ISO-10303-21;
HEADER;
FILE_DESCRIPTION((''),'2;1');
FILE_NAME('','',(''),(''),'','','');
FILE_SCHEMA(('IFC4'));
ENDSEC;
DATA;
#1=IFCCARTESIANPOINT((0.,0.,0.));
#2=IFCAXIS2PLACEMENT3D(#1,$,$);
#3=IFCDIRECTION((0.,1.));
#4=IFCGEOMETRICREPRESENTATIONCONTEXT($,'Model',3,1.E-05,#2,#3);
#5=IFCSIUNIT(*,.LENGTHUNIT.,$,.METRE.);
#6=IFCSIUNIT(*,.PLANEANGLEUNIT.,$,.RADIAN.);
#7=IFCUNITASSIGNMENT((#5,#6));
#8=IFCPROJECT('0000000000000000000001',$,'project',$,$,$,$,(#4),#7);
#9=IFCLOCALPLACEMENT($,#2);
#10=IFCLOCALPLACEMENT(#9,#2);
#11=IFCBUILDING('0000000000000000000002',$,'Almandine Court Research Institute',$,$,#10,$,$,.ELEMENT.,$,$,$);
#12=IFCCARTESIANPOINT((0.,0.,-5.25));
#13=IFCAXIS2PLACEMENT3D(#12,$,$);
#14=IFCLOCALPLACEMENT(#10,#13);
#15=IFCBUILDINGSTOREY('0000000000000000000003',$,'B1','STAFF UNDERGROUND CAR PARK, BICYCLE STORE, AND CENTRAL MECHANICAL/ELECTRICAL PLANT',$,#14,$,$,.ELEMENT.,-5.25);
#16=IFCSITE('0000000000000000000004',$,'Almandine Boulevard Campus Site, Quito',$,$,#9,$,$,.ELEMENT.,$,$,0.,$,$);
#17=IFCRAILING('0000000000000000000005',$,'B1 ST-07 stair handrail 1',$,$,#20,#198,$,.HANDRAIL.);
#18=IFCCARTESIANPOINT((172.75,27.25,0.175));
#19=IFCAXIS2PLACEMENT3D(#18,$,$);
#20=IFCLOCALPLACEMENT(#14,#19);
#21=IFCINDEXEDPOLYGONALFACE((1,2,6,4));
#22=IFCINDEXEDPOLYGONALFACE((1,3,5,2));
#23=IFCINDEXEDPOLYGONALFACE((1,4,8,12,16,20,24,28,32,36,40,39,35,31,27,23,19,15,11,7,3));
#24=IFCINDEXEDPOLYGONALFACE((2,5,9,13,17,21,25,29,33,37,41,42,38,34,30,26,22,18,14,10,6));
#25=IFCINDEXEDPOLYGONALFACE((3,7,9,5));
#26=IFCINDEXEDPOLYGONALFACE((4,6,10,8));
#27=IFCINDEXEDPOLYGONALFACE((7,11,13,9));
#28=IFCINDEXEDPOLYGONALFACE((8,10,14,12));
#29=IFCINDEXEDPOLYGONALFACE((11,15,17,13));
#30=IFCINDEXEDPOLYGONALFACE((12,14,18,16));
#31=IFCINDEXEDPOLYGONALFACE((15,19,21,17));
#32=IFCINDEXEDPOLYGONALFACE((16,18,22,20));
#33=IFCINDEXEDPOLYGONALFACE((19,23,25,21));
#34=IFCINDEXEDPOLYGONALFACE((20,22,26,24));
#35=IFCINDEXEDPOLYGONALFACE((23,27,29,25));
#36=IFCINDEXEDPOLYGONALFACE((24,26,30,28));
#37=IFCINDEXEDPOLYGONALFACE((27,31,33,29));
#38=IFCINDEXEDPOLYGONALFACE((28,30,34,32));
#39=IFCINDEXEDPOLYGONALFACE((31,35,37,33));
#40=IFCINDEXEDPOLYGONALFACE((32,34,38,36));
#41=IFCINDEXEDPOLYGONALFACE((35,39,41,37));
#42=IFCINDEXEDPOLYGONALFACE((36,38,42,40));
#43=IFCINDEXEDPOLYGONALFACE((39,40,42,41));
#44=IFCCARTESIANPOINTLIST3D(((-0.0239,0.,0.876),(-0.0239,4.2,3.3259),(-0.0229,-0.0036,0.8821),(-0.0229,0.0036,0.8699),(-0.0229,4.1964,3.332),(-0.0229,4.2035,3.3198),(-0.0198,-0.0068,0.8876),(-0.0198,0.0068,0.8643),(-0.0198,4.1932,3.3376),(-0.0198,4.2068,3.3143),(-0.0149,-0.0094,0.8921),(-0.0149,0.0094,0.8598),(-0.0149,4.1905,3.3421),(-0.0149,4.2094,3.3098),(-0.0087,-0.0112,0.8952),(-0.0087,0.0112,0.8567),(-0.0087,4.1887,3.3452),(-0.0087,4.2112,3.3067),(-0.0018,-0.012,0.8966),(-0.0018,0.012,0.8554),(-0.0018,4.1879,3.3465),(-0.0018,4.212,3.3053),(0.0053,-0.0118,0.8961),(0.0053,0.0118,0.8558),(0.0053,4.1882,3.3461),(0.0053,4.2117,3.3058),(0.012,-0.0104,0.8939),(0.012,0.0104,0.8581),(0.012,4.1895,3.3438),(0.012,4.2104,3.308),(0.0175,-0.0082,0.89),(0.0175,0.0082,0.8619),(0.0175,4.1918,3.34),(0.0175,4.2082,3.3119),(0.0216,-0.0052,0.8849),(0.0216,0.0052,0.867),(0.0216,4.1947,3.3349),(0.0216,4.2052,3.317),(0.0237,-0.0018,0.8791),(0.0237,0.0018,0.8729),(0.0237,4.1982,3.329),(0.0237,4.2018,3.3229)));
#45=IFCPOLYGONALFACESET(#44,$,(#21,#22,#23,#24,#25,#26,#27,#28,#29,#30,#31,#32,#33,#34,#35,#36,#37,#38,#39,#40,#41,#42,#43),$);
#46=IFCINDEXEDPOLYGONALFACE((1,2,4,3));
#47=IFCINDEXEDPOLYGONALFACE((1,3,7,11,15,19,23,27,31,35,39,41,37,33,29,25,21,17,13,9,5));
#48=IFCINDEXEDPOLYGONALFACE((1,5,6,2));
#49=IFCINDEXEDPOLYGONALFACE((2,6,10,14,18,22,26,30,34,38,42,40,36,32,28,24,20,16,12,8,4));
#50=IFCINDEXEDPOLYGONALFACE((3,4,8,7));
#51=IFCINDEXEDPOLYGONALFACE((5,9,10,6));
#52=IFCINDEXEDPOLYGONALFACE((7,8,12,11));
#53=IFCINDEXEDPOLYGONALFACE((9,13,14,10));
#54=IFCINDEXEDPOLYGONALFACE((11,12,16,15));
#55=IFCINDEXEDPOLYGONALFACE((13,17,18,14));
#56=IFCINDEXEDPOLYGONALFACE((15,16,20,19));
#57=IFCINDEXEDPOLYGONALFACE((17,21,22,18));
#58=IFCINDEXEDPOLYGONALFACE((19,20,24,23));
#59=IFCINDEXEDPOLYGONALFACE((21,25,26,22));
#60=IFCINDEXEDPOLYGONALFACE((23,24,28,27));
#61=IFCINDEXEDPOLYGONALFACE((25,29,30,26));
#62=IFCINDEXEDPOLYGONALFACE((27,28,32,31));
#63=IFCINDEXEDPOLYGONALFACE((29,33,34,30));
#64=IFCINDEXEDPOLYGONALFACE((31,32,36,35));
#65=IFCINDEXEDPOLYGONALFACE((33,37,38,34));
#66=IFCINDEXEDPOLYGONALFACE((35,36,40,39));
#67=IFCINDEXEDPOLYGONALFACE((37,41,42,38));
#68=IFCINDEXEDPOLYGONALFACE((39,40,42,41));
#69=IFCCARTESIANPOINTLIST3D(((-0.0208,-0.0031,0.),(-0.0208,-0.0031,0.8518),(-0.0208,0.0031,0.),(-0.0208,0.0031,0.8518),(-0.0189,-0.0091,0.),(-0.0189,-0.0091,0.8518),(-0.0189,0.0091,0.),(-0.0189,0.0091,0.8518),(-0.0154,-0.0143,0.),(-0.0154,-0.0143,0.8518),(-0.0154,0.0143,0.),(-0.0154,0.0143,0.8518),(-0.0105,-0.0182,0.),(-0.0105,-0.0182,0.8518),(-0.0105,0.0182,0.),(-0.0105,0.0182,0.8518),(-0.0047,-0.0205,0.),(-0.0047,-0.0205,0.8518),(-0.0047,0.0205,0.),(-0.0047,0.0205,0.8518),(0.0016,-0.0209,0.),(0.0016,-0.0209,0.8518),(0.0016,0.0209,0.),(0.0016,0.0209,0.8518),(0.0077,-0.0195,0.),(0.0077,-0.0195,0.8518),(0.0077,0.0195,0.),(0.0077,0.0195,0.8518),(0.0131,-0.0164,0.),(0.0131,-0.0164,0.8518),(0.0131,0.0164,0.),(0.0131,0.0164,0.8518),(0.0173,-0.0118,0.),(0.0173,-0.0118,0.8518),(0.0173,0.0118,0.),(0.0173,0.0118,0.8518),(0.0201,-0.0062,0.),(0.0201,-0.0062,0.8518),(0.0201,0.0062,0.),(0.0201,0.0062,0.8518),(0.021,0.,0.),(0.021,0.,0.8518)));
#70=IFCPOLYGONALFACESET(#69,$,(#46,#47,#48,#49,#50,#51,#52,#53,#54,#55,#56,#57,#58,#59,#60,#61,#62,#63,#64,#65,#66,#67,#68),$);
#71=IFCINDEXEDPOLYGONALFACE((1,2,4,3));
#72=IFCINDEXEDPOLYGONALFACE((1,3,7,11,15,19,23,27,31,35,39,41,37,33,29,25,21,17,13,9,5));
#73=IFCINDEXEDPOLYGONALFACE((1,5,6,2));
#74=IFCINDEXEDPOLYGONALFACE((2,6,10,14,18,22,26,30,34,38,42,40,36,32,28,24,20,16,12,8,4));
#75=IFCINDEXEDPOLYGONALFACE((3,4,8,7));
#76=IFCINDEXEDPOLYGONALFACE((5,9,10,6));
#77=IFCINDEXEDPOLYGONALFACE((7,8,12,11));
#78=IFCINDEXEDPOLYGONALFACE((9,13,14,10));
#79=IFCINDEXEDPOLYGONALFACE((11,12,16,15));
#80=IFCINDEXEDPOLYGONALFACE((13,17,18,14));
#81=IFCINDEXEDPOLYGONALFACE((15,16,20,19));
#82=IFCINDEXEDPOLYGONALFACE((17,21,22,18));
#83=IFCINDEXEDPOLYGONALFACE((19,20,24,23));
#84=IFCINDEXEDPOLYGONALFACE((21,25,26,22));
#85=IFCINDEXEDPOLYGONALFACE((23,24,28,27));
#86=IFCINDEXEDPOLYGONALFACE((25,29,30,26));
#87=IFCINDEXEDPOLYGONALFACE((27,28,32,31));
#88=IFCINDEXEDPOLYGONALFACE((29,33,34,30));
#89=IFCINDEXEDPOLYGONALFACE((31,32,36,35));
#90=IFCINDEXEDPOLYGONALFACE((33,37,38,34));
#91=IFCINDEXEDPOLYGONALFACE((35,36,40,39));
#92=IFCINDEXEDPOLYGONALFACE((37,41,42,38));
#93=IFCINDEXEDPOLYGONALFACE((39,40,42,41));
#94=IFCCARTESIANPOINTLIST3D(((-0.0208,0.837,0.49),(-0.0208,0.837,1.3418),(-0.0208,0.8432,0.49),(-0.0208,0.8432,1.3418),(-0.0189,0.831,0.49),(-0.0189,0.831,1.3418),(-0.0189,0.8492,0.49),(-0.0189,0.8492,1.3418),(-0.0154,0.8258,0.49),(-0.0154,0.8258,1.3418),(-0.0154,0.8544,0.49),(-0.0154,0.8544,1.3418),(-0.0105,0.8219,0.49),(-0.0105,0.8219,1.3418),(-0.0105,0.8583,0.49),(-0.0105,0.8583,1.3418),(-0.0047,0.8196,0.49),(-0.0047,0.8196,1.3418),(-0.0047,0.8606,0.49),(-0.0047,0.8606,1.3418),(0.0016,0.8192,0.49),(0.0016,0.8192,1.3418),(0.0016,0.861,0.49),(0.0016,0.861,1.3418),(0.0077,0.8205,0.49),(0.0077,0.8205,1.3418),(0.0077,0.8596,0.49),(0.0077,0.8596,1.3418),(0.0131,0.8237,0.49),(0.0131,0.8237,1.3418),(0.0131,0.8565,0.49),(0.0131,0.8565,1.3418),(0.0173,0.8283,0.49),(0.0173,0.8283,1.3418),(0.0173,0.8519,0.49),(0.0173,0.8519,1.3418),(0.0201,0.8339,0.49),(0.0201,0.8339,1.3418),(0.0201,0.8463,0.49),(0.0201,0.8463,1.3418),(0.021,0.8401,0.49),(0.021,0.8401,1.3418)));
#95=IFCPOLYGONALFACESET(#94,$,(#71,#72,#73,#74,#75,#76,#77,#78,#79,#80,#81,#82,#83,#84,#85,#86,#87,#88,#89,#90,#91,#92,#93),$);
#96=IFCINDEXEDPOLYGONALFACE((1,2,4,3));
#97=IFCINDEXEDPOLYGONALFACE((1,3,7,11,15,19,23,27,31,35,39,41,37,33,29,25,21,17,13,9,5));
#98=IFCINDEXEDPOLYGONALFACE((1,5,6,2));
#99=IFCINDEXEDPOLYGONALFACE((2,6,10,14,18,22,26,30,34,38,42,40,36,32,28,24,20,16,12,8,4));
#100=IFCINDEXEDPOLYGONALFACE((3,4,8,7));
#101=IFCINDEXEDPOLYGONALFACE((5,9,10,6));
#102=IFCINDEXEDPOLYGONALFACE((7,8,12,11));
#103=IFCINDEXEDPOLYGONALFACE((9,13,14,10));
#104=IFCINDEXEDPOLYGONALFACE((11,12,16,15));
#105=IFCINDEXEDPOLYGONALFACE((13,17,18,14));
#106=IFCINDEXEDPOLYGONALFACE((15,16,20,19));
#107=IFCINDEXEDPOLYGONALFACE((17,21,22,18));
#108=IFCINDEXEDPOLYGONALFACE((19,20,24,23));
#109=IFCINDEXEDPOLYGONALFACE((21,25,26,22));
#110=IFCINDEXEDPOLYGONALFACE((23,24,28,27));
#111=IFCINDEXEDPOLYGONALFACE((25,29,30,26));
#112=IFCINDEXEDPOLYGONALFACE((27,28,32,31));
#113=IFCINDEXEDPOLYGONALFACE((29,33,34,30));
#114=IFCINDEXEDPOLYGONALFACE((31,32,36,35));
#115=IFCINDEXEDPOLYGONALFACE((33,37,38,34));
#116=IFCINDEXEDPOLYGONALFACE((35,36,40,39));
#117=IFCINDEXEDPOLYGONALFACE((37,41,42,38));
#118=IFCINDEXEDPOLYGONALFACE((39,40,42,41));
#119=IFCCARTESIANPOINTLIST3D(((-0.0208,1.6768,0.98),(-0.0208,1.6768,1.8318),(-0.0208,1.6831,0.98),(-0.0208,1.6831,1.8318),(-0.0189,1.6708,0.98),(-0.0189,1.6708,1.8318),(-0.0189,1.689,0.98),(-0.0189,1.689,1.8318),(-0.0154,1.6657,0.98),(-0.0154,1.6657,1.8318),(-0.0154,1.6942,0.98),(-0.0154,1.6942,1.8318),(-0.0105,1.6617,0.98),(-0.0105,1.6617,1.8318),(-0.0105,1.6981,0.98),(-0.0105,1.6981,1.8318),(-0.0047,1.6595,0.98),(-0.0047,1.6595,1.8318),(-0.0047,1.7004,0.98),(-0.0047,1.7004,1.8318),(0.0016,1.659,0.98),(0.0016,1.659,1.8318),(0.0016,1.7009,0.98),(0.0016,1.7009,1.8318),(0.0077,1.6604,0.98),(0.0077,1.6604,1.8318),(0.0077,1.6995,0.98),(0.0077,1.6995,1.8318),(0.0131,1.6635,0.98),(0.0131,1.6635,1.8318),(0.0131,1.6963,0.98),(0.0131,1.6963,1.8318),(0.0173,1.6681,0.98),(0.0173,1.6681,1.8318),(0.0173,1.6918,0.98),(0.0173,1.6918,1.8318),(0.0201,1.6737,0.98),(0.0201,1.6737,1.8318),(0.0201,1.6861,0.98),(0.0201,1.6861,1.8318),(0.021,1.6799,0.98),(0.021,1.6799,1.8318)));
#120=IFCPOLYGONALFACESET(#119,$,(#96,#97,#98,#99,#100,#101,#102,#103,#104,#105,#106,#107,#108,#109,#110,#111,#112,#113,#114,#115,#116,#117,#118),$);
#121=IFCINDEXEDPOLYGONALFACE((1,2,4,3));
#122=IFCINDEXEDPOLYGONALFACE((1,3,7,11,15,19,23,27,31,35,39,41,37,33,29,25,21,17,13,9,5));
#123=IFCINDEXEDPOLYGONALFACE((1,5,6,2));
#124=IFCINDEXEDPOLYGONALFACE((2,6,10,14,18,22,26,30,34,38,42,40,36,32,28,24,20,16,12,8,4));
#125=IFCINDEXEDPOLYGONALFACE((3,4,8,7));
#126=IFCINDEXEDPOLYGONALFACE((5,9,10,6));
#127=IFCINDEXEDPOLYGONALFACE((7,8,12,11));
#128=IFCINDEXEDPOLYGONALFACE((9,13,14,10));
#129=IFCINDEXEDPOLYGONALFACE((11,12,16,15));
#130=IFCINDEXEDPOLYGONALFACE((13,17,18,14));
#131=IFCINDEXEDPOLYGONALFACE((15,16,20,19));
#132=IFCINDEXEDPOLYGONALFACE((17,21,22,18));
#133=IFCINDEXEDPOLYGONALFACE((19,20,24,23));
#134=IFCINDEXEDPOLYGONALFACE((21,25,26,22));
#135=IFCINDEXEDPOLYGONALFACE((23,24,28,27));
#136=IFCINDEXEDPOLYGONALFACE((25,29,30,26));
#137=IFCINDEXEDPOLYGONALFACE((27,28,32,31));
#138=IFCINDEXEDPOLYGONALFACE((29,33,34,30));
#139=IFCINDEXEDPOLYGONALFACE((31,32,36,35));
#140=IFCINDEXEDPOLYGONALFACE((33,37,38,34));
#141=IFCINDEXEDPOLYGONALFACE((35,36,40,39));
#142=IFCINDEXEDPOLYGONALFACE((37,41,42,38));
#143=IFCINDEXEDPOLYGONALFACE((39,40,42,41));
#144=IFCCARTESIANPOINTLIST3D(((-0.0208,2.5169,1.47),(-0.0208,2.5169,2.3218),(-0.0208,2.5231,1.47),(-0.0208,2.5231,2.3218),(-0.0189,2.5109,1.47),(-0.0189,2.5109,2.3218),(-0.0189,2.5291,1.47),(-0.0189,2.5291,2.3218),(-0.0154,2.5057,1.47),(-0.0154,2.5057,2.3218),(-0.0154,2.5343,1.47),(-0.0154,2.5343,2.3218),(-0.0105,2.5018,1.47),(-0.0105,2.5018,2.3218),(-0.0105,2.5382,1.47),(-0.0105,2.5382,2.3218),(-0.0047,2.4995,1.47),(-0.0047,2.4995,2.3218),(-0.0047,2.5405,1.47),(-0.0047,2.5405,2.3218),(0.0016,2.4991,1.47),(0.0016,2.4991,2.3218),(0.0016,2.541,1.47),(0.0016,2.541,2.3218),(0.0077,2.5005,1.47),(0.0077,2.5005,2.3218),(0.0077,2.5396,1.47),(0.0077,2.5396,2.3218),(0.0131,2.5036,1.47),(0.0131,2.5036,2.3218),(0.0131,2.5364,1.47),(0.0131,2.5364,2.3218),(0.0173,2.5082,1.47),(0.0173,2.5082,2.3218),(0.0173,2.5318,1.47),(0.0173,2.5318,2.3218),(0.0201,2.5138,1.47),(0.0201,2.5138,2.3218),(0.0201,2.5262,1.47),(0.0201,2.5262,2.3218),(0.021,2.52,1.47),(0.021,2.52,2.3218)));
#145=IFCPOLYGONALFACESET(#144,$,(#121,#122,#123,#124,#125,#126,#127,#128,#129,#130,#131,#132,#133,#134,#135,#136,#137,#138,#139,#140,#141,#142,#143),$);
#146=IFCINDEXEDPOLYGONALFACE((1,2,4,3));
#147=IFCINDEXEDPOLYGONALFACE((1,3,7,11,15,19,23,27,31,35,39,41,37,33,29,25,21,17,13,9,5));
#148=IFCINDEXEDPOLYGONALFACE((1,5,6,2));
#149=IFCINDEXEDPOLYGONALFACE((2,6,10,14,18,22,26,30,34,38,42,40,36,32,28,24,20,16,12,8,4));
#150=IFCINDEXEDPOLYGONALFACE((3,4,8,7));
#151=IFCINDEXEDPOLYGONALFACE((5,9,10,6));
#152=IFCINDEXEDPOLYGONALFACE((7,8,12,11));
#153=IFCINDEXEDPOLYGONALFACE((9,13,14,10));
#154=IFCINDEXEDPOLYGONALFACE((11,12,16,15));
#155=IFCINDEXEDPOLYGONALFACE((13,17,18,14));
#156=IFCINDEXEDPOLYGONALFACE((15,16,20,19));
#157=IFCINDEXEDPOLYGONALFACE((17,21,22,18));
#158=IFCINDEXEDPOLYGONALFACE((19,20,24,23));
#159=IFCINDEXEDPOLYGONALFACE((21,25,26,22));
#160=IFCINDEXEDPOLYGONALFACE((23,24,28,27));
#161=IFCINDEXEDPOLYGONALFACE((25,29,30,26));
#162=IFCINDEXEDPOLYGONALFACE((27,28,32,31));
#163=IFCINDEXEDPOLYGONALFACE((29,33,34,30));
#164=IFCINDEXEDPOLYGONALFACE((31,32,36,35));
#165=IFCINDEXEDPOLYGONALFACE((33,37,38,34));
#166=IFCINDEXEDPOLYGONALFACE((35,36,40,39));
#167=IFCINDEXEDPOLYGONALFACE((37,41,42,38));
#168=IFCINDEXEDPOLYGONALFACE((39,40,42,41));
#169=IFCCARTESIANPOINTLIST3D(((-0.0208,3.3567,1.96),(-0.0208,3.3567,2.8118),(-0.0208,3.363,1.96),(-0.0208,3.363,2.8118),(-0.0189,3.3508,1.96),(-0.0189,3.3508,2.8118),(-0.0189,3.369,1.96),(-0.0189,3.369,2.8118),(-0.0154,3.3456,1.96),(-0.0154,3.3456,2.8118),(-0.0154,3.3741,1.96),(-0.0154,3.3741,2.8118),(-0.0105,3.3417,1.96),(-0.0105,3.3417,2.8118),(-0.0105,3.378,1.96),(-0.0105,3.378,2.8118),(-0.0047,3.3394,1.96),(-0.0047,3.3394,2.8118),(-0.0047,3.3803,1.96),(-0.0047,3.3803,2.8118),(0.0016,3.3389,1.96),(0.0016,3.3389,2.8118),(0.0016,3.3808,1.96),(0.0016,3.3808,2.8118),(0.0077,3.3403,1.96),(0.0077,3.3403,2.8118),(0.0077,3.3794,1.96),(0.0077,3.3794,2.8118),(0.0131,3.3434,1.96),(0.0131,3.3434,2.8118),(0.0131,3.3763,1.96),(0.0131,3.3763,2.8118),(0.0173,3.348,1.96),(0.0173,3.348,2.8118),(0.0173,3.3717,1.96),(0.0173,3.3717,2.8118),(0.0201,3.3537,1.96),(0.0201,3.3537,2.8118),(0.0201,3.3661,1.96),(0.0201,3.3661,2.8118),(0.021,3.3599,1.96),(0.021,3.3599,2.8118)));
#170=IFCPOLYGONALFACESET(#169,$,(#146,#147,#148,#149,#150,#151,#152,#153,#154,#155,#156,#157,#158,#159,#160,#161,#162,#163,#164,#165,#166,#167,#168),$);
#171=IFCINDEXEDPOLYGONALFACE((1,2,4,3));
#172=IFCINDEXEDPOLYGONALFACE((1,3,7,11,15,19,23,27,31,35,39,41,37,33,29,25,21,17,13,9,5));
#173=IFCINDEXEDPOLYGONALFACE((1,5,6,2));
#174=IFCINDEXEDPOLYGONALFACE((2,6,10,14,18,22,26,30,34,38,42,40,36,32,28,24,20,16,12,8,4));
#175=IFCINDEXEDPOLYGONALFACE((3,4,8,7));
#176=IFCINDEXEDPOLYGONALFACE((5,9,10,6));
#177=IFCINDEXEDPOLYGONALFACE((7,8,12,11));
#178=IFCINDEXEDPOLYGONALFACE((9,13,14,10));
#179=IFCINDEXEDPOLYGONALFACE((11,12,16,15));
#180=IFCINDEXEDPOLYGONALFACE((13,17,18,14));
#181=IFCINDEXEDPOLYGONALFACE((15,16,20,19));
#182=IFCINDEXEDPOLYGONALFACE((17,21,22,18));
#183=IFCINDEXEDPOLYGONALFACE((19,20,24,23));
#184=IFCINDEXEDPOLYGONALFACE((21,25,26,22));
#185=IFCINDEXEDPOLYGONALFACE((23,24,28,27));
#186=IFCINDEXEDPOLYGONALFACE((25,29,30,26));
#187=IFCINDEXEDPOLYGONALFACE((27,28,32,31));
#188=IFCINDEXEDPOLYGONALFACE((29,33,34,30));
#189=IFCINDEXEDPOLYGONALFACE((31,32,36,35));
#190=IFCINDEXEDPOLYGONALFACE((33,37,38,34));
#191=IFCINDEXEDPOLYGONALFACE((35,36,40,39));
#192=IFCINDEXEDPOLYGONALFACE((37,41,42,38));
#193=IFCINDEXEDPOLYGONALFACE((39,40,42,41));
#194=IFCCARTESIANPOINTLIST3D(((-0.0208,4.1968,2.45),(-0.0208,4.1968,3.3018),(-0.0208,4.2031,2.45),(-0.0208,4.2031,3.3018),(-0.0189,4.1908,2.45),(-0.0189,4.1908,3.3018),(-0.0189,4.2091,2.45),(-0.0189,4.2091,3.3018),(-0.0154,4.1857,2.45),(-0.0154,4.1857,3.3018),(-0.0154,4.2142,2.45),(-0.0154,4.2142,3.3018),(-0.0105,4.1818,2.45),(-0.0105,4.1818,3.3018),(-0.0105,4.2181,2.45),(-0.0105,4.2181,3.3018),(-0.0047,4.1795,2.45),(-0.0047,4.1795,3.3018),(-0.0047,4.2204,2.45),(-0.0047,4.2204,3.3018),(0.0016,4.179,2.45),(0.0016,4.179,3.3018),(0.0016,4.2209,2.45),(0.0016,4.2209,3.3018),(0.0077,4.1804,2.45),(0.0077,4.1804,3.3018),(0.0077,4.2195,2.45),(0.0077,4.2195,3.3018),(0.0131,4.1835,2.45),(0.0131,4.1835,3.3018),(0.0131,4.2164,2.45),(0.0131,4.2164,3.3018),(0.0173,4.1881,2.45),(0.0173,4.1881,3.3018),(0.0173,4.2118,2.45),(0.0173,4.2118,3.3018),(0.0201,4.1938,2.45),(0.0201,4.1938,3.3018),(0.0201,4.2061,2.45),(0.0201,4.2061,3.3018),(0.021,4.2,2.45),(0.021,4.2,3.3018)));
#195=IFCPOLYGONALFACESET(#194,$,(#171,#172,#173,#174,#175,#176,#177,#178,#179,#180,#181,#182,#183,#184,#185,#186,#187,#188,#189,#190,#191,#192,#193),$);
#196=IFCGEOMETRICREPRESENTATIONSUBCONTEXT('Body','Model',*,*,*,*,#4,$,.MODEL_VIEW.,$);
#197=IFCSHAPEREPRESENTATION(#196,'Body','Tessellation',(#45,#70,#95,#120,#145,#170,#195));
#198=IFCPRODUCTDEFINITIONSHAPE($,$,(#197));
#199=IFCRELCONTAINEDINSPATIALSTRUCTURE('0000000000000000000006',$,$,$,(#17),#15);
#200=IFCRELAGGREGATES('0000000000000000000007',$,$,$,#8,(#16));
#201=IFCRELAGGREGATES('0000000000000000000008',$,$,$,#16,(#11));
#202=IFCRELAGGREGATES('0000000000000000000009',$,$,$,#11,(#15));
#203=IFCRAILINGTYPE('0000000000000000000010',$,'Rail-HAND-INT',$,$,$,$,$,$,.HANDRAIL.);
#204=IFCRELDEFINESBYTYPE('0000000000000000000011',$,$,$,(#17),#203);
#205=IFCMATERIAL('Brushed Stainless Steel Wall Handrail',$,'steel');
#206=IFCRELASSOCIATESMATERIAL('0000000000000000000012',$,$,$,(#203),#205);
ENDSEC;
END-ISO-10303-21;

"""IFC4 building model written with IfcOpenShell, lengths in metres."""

from ifc_helpers import new_model, si_unit, direction, frame, origin, origin_2d, place, context, subcontext, project, spatial, circle, extrude, material, type_object, element, save


model = new_model("IFC4")

# Units and contexts
model_context = context("Model", 3, precision=1e-05, world=origin(), true_north=direction((0.0, 1.0)))
body_context = subcontext(model_context, "Body", "Model", "MODEL_VIEW")
ifc_project = project(units=[si_unit("LENGTHUNIT", "METRE"), si_unit("PLANEANGLEUNIT", "RADIAN")], contexts=[model_context])

# Site, building, storey
site_placement = place(None, origin())
site = spatial("IfcSite", under=ifc_project, at=site_placement, Name="Almandine Boulevard Campus Site, Quito", CompositionType="ELEMENT", RefElevation=0.0)
building_placement = place(site_placement, origin())
building = spatial("IfcBuilding", under=site, at=building_placement, Name="Almandine Court Research Institute", CompositionType="ELEMENT")
storey_placement = place(building_placement, frame((0.0, 0.0, -5.25)))
storey = spatial("IfcBuildingStorey", under=building, at=storey_placement, Name="B1", Description="STAFF UNDERGROUND CAR PARK, BICYCLE STORE, AND CENTRAL MECHANICAL/ELECTRICAL PLANT", CompositionType="ELEMENT", Elevation=-5.25)

# Railing
ifc_material_1 = material(Name="Brushed Stainless Steel Wall Handrail", Category="steel")
railing_type_1 = type_object("IfcRailingType", Name="Rail-HAND-INT", PredefinedType="HANDRAIL", material=ifc_material_1)
railing_1_placement = place(storey_placement, frame((172.75, 27.25, 0.175)))
element("IfcRailing", 1, at=railing_1_placement, inside=storey, type_object=railing_type_1, Name="B1 ST-07 stair handrail 1", PredefinedType="HANDRAIL", context=body_context, shape_type="SweptSolid", body=[
    extrude(circle(Radius=0.0239, at=origin_2d()), frame((0.0, 0.0, 0.876), z_axis=(0.0, 0.863781, 0.503868), x_axis=(-1.0, 0.0, 0.0)), (0.0, 0.0, 1.0), 4.8623),
    extrude(circle(Radius=0.021, at=origin_2d()), origin(), (0.0, 0.0, 1.0), 0.8518),
    extrude(circle(Radius=0.021, at=origin_2d()), frame((0.0, 0.8401, 0.49)), (0.0, 0.0, 1.0), 0.8518),
    extrude(circle(Radius=0.021, at=origin_2d()), frame((0.0, 1.6799, 0.98)), (0.0, 0.0, 1.0), 0.8518),
    extrude(circle(Radius=0.021, at=origin_2d()), frame((0.0, 2.52, 1.47)), (0.0, 0.0, 1.0), 0.8518),
    extrude(circle(Radius=0.021, at=origin_2d()), frame((0.0, 3.3599, 1.96)), (0.0, 0.0, 1.0), 0.8518),
    extrude(circle(Radius=0.021, at=origin_2d()), frame((0.0, 4.2, 2.45)), (0.0, 0.0, 1.0), 0.8518),
])

save(model, "model.ifc")
